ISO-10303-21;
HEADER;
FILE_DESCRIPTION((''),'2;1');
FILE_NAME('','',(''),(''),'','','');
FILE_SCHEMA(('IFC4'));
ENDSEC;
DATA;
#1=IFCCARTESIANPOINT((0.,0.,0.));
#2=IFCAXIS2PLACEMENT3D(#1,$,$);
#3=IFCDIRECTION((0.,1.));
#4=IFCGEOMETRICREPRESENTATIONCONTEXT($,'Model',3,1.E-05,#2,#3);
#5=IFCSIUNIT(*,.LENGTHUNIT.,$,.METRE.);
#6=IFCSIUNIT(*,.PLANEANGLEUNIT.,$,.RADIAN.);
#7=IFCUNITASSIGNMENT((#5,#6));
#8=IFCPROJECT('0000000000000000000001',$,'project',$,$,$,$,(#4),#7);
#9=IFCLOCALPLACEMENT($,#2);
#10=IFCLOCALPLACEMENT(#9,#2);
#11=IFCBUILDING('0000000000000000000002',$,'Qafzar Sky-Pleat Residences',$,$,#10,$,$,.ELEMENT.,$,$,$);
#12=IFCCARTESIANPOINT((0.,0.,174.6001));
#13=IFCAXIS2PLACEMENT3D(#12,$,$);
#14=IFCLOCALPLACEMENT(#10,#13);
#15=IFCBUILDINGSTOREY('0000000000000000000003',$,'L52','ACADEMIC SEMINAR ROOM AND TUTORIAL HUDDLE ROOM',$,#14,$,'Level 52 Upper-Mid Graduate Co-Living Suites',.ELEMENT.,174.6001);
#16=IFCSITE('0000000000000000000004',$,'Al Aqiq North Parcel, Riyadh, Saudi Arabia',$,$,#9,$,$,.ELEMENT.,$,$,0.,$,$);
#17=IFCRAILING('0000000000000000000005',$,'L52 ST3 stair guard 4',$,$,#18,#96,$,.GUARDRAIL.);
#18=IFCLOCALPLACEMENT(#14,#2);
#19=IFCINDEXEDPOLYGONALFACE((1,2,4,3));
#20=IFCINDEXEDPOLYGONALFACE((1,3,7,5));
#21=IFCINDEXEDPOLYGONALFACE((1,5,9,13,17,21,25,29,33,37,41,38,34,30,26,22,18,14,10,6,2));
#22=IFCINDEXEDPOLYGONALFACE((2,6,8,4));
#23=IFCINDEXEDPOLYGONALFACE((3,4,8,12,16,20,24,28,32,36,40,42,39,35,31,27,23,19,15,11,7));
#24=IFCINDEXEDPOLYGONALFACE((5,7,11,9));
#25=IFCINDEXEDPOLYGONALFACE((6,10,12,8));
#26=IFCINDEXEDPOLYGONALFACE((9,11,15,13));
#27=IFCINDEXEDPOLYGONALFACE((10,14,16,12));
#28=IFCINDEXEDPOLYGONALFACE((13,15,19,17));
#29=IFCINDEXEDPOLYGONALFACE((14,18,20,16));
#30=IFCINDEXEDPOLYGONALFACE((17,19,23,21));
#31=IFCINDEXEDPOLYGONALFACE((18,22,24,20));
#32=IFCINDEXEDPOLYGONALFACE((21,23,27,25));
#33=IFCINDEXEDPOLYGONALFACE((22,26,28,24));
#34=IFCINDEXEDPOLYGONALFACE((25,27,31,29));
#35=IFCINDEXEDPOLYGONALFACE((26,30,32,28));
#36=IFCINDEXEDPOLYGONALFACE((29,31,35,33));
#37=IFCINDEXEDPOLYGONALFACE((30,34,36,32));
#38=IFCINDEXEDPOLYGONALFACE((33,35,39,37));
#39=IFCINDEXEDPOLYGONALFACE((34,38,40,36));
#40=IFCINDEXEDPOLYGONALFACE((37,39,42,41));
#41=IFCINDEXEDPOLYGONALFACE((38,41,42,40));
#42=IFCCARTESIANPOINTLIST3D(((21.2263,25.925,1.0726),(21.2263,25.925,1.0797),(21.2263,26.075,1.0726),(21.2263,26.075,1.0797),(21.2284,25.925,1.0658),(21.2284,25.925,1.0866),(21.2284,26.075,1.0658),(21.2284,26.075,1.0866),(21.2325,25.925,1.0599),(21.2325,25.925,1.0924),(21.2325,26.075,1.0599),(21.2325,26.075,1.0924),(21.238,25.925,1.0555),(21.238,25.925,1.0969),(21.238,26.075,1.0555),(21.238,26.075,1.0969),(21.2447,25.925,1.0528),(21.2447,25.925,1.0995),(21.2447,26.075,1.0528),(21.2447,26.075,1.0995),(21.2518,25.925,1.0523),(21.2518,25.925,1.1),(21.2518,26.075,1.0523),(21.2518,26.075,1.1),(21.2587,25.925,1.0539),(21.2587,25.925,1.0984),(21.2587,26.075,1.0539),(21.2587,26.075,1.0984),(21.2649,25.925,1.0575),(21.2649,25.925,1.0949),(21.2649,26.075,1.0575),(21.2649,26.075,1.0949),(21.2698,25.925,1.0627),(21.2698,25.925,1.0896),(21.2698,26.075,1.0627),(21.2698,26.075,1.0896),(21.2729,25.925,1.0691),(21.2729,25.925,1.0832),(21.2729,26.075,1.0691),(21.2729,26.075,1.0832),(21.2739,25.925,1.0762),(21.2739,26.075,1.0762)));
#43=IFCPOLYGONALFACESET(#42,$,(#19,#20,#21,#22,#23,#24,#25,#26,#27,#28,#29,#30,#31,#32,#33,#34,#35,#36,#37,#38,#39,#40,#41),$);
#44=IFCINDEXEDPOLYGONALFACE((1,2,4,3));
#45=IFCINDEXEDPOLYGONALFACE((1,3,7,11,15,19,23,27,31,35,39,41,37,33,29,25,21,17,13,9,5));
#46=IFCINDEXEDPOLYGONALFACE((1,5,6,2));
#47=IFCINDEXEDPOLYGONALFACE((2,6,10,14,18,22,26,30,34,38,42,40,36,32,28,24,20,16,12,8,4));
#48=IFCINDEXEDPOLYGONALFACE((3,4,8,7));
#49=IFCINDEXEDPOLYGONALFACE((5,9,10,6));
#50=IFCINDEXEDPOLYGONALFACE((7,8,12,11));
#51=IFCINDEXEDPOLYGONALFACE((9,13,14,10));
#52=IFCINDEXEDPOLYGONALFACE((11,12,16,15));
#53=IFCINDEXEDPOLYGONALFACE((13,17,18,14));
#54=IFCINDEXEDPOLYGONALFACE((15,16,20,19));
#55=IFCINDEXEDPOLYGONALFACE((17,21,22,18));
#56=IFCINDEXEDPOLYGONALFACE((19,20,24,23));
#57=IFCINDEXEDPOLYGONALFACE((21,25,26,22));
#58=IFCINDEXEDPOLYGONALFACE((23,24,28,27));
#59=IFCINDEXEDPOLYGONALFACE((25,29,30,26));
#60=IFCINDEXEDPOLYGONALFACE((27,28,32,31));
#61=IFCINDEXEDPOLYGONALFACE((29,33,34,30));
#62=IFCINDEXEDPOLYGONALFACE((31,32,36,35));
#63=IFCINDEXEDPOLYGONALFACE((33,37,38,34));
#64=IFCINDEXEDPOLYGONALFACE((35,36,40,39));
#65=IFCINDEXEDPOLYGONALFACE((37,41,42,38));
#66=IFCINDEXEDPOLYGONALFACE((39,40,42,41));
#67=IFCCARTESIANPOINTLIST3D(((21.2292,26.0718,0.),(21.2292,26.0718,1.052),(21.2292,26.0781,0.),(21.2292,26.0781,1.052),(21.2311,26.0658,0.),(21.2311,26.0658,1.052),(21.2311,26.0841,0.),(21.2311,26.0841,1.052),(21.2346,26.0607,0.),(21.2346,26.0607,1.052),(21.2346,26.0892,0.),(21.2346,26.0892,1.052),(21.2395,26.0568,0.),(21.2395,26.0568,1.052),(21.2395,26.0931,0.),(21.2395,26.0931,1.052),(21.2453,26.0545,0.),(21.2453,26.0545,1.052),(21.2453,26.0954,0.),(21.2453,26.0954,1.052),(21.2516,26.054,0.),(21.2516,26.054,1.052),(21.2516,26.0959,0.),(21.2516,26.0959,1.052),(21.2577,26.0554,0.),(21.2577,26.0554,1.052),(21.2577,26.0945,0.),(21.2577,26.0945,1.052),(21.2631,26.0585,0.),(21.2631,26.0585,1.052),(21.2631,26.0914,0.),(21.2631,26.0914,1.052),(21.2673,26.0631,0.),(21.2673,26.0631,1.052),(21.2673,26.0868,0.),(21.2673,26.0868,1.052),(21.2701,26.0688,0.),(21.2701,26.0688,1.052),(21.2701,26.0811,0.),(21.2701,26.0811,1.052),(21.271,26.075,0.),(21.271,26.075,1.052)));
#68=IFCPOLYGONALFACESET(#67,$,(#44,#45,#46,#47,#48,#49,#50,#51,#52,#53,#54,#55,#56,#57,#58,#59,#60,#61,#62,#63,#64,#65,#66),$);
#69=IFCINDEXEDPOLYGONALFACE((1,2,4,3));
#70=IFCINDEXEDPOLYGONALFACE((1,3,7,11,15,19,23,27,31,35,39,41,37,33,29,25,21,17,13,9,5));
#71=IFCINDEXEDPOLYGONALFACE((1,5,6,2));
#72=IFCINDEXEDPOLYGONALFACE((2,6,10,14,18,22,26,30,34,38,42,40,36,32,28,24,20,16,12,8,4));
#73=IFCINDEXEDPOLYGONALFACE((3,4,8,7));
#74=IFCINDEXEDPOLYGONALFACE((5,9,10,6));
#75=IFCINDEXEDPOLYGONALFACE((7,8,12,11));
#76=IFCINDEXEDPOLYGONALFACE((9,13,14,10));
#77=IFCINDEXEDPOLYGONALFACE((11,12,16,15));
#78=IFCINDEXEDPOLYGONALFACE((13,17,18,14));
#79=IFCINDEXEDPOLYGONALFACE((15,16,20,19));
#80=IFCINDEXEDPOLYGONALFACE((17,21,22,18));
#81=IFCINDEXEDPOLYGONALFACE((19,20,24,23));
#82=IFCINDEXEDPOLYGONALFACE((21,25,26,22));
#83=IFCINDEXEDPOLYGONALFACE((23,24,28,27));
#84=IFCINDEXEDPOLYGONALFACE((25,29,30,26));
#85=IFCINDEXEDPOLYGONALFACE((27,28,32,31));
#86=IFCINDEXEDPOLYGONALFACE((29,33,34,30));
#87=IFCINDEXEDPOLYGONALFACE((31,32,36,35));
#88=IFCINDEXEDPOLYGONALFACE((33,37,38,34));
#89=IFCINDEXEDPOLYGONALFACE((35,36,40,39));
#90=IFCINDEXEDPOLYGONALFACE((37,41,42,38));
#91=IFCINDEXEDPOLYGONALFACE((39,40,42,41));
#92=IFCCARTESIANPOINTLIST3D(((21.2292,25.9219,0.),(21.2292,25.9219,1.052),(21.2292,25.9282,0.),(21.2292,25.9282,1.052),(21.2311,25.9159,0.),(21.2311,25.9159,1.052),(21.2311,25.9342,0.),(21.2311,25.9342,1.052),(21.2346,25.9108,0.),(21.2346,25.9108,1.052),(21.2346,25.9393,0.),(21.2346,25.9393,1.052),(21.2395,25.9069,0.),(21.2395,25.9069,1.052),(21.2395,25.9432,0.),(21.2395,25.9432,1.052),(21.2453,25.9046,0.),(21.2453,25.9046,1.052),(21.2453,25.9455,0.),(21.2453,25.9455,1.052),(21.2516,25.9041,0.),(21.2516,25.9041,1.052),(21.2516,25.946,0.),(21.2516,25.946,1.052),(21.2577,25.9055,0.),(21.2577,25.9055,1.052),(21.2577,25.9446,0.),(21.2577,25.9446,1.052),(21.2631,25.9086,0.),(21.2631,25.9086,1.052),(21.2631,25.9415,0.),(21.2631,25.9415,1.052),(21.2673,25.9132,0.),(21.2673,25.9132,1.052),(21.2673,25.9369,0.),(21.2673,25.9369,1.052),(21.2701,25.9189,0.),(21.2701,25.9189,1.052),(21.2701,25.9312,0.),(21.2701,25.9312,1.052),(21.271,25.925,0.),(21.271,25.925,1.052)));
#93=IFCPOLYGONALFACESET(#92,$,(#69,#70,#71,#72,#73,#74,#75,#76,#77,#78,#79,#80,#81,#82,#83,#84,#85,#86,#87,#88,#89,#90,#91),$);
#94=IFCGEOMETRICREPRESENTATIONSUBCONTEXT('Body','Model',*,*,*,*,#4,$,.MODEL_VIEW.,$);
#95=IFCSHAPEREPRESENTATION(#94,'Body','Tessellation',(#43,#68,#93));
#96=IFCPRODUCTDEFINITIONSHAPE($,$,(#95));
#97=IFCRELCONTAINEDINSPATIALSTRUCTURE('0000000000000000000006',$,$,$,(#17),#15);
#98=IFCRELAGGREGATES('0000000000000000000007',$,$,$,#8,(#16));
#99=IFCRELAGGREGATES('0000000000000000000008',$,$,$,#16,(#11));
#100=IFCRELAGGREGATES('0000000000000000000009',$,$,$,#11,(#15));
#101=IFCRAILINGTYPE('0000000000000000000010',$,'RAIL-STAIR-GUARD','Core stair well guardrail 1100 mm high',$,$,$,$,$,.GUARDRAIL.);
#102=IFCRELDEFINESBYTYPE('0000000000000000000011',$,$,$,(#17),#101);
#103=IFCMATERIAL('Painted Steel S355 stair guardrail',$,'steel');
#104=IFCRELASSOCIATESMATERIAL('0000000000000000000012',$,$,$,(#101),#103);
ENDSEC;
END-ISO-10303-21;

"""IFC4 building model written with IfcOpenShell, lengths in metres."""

from ifc_helpers import new_model, si_unit, direction, frame, origin, origin_2d, place, context, subcontext, project, spatial, circle, extrude, source, transform, mapped, material, type_object, element, save


model = new_model("IFC4")

# Units and contexts
model_context = context("Model", 3, precision=1e-05, world=origin(), true_north=direction((0.0, 1.0)))
body_context = subcontext(model_context, "Body", "Model", "MODEL_VIEW")
ifc_project = project(units=[si_unit("LENGTHUNIT", "METRE"), si_unit("PLANEANGLEUNIT", "RADIAN")], contexts=[model_context])

# Site, building, storey
site_placement = place(None, origin())
site = spatial("IfcSite", under=ifc_project, at=site_placement, Name="Al Aqiq North Parcel, Riyadh, Saudi Arabia", CompositionType="ELEMENT", RefElevation=0.0)
building_placement = place(site_placement, origin())
building = spatial("IfcBuilding", under=site, at=building_placement, Name="Qafzar Sky-Pleat Residences", CompositionType="ELEMENT")
storey_placement = place(building_placement, frame((0.0, 0.0, 174.6001)))
storey = spatial("IfcBuildingStorey", under=building, at=storey_placement, Name="L52", Description="ACADEMIC SEMINAR ROOM AND TUTORIAL HUDDLE ROOM", LongName="Level 52 Upper-Mid Graduate Co-Living Suites", CompositionType="ELEMENT", Elevation=174.6001)

# Railing
ifc_material_1 = material(Name="Painted Steel S355 stair guardrail", Category="steel")
railing_type_1 = type_object("IfcRailingType", Name="RAIL-STAIR-GUARD", Description="Core stair well guardrail 1100 mm high", PredefinedType="GUARDRAIL", material=ifc_material_1)
shared_shape_1 = source(origin(), body_context, "Body", "SweptSolid", [
    extrude(circle(Radius=0.0239, at=origin_2d()), frame((0.0, 0.0, 1.0762), z_axis=(0.0, -1.0, 0.0), x_axis=(1.0, 0.0, 0.0)), (0.0, 0.0, 1.0), 0.1499),
    extrude(circle(Radius=0.021, at=origin_2d()), origin(), (0.0, 0.0, 1.0), 1.052),
    extrude(circle(Radius=0.021, at=origin_2d()), frame((0.0, -0.1499, 0.0)), (0.0, 0.0, 1.0), 1.052),
])
for number, where, name in (
    (1, (21.25, 26.075, 0.0), "L52 ST3 stair guard 4"),
):
    element("IfcRailing", number, at=place(storey_placement, frame(where)), inside=storey, type_object=railing_type_1, Name=name, PredefinedType="GUARDRAIL", context=body_context, shape_type="MappedRepresentation", body=[
        mapped(shared_shape_1, transform((0.0, 0.0, 0.0), x_axis=(1.0, 0.0, 0.0), y_axis=(0.0, 1.0, 0.0), z_axis=(0.0, 0.0, 1.0), scale=1.0)),
    ])

save(model, "model.ifc")
